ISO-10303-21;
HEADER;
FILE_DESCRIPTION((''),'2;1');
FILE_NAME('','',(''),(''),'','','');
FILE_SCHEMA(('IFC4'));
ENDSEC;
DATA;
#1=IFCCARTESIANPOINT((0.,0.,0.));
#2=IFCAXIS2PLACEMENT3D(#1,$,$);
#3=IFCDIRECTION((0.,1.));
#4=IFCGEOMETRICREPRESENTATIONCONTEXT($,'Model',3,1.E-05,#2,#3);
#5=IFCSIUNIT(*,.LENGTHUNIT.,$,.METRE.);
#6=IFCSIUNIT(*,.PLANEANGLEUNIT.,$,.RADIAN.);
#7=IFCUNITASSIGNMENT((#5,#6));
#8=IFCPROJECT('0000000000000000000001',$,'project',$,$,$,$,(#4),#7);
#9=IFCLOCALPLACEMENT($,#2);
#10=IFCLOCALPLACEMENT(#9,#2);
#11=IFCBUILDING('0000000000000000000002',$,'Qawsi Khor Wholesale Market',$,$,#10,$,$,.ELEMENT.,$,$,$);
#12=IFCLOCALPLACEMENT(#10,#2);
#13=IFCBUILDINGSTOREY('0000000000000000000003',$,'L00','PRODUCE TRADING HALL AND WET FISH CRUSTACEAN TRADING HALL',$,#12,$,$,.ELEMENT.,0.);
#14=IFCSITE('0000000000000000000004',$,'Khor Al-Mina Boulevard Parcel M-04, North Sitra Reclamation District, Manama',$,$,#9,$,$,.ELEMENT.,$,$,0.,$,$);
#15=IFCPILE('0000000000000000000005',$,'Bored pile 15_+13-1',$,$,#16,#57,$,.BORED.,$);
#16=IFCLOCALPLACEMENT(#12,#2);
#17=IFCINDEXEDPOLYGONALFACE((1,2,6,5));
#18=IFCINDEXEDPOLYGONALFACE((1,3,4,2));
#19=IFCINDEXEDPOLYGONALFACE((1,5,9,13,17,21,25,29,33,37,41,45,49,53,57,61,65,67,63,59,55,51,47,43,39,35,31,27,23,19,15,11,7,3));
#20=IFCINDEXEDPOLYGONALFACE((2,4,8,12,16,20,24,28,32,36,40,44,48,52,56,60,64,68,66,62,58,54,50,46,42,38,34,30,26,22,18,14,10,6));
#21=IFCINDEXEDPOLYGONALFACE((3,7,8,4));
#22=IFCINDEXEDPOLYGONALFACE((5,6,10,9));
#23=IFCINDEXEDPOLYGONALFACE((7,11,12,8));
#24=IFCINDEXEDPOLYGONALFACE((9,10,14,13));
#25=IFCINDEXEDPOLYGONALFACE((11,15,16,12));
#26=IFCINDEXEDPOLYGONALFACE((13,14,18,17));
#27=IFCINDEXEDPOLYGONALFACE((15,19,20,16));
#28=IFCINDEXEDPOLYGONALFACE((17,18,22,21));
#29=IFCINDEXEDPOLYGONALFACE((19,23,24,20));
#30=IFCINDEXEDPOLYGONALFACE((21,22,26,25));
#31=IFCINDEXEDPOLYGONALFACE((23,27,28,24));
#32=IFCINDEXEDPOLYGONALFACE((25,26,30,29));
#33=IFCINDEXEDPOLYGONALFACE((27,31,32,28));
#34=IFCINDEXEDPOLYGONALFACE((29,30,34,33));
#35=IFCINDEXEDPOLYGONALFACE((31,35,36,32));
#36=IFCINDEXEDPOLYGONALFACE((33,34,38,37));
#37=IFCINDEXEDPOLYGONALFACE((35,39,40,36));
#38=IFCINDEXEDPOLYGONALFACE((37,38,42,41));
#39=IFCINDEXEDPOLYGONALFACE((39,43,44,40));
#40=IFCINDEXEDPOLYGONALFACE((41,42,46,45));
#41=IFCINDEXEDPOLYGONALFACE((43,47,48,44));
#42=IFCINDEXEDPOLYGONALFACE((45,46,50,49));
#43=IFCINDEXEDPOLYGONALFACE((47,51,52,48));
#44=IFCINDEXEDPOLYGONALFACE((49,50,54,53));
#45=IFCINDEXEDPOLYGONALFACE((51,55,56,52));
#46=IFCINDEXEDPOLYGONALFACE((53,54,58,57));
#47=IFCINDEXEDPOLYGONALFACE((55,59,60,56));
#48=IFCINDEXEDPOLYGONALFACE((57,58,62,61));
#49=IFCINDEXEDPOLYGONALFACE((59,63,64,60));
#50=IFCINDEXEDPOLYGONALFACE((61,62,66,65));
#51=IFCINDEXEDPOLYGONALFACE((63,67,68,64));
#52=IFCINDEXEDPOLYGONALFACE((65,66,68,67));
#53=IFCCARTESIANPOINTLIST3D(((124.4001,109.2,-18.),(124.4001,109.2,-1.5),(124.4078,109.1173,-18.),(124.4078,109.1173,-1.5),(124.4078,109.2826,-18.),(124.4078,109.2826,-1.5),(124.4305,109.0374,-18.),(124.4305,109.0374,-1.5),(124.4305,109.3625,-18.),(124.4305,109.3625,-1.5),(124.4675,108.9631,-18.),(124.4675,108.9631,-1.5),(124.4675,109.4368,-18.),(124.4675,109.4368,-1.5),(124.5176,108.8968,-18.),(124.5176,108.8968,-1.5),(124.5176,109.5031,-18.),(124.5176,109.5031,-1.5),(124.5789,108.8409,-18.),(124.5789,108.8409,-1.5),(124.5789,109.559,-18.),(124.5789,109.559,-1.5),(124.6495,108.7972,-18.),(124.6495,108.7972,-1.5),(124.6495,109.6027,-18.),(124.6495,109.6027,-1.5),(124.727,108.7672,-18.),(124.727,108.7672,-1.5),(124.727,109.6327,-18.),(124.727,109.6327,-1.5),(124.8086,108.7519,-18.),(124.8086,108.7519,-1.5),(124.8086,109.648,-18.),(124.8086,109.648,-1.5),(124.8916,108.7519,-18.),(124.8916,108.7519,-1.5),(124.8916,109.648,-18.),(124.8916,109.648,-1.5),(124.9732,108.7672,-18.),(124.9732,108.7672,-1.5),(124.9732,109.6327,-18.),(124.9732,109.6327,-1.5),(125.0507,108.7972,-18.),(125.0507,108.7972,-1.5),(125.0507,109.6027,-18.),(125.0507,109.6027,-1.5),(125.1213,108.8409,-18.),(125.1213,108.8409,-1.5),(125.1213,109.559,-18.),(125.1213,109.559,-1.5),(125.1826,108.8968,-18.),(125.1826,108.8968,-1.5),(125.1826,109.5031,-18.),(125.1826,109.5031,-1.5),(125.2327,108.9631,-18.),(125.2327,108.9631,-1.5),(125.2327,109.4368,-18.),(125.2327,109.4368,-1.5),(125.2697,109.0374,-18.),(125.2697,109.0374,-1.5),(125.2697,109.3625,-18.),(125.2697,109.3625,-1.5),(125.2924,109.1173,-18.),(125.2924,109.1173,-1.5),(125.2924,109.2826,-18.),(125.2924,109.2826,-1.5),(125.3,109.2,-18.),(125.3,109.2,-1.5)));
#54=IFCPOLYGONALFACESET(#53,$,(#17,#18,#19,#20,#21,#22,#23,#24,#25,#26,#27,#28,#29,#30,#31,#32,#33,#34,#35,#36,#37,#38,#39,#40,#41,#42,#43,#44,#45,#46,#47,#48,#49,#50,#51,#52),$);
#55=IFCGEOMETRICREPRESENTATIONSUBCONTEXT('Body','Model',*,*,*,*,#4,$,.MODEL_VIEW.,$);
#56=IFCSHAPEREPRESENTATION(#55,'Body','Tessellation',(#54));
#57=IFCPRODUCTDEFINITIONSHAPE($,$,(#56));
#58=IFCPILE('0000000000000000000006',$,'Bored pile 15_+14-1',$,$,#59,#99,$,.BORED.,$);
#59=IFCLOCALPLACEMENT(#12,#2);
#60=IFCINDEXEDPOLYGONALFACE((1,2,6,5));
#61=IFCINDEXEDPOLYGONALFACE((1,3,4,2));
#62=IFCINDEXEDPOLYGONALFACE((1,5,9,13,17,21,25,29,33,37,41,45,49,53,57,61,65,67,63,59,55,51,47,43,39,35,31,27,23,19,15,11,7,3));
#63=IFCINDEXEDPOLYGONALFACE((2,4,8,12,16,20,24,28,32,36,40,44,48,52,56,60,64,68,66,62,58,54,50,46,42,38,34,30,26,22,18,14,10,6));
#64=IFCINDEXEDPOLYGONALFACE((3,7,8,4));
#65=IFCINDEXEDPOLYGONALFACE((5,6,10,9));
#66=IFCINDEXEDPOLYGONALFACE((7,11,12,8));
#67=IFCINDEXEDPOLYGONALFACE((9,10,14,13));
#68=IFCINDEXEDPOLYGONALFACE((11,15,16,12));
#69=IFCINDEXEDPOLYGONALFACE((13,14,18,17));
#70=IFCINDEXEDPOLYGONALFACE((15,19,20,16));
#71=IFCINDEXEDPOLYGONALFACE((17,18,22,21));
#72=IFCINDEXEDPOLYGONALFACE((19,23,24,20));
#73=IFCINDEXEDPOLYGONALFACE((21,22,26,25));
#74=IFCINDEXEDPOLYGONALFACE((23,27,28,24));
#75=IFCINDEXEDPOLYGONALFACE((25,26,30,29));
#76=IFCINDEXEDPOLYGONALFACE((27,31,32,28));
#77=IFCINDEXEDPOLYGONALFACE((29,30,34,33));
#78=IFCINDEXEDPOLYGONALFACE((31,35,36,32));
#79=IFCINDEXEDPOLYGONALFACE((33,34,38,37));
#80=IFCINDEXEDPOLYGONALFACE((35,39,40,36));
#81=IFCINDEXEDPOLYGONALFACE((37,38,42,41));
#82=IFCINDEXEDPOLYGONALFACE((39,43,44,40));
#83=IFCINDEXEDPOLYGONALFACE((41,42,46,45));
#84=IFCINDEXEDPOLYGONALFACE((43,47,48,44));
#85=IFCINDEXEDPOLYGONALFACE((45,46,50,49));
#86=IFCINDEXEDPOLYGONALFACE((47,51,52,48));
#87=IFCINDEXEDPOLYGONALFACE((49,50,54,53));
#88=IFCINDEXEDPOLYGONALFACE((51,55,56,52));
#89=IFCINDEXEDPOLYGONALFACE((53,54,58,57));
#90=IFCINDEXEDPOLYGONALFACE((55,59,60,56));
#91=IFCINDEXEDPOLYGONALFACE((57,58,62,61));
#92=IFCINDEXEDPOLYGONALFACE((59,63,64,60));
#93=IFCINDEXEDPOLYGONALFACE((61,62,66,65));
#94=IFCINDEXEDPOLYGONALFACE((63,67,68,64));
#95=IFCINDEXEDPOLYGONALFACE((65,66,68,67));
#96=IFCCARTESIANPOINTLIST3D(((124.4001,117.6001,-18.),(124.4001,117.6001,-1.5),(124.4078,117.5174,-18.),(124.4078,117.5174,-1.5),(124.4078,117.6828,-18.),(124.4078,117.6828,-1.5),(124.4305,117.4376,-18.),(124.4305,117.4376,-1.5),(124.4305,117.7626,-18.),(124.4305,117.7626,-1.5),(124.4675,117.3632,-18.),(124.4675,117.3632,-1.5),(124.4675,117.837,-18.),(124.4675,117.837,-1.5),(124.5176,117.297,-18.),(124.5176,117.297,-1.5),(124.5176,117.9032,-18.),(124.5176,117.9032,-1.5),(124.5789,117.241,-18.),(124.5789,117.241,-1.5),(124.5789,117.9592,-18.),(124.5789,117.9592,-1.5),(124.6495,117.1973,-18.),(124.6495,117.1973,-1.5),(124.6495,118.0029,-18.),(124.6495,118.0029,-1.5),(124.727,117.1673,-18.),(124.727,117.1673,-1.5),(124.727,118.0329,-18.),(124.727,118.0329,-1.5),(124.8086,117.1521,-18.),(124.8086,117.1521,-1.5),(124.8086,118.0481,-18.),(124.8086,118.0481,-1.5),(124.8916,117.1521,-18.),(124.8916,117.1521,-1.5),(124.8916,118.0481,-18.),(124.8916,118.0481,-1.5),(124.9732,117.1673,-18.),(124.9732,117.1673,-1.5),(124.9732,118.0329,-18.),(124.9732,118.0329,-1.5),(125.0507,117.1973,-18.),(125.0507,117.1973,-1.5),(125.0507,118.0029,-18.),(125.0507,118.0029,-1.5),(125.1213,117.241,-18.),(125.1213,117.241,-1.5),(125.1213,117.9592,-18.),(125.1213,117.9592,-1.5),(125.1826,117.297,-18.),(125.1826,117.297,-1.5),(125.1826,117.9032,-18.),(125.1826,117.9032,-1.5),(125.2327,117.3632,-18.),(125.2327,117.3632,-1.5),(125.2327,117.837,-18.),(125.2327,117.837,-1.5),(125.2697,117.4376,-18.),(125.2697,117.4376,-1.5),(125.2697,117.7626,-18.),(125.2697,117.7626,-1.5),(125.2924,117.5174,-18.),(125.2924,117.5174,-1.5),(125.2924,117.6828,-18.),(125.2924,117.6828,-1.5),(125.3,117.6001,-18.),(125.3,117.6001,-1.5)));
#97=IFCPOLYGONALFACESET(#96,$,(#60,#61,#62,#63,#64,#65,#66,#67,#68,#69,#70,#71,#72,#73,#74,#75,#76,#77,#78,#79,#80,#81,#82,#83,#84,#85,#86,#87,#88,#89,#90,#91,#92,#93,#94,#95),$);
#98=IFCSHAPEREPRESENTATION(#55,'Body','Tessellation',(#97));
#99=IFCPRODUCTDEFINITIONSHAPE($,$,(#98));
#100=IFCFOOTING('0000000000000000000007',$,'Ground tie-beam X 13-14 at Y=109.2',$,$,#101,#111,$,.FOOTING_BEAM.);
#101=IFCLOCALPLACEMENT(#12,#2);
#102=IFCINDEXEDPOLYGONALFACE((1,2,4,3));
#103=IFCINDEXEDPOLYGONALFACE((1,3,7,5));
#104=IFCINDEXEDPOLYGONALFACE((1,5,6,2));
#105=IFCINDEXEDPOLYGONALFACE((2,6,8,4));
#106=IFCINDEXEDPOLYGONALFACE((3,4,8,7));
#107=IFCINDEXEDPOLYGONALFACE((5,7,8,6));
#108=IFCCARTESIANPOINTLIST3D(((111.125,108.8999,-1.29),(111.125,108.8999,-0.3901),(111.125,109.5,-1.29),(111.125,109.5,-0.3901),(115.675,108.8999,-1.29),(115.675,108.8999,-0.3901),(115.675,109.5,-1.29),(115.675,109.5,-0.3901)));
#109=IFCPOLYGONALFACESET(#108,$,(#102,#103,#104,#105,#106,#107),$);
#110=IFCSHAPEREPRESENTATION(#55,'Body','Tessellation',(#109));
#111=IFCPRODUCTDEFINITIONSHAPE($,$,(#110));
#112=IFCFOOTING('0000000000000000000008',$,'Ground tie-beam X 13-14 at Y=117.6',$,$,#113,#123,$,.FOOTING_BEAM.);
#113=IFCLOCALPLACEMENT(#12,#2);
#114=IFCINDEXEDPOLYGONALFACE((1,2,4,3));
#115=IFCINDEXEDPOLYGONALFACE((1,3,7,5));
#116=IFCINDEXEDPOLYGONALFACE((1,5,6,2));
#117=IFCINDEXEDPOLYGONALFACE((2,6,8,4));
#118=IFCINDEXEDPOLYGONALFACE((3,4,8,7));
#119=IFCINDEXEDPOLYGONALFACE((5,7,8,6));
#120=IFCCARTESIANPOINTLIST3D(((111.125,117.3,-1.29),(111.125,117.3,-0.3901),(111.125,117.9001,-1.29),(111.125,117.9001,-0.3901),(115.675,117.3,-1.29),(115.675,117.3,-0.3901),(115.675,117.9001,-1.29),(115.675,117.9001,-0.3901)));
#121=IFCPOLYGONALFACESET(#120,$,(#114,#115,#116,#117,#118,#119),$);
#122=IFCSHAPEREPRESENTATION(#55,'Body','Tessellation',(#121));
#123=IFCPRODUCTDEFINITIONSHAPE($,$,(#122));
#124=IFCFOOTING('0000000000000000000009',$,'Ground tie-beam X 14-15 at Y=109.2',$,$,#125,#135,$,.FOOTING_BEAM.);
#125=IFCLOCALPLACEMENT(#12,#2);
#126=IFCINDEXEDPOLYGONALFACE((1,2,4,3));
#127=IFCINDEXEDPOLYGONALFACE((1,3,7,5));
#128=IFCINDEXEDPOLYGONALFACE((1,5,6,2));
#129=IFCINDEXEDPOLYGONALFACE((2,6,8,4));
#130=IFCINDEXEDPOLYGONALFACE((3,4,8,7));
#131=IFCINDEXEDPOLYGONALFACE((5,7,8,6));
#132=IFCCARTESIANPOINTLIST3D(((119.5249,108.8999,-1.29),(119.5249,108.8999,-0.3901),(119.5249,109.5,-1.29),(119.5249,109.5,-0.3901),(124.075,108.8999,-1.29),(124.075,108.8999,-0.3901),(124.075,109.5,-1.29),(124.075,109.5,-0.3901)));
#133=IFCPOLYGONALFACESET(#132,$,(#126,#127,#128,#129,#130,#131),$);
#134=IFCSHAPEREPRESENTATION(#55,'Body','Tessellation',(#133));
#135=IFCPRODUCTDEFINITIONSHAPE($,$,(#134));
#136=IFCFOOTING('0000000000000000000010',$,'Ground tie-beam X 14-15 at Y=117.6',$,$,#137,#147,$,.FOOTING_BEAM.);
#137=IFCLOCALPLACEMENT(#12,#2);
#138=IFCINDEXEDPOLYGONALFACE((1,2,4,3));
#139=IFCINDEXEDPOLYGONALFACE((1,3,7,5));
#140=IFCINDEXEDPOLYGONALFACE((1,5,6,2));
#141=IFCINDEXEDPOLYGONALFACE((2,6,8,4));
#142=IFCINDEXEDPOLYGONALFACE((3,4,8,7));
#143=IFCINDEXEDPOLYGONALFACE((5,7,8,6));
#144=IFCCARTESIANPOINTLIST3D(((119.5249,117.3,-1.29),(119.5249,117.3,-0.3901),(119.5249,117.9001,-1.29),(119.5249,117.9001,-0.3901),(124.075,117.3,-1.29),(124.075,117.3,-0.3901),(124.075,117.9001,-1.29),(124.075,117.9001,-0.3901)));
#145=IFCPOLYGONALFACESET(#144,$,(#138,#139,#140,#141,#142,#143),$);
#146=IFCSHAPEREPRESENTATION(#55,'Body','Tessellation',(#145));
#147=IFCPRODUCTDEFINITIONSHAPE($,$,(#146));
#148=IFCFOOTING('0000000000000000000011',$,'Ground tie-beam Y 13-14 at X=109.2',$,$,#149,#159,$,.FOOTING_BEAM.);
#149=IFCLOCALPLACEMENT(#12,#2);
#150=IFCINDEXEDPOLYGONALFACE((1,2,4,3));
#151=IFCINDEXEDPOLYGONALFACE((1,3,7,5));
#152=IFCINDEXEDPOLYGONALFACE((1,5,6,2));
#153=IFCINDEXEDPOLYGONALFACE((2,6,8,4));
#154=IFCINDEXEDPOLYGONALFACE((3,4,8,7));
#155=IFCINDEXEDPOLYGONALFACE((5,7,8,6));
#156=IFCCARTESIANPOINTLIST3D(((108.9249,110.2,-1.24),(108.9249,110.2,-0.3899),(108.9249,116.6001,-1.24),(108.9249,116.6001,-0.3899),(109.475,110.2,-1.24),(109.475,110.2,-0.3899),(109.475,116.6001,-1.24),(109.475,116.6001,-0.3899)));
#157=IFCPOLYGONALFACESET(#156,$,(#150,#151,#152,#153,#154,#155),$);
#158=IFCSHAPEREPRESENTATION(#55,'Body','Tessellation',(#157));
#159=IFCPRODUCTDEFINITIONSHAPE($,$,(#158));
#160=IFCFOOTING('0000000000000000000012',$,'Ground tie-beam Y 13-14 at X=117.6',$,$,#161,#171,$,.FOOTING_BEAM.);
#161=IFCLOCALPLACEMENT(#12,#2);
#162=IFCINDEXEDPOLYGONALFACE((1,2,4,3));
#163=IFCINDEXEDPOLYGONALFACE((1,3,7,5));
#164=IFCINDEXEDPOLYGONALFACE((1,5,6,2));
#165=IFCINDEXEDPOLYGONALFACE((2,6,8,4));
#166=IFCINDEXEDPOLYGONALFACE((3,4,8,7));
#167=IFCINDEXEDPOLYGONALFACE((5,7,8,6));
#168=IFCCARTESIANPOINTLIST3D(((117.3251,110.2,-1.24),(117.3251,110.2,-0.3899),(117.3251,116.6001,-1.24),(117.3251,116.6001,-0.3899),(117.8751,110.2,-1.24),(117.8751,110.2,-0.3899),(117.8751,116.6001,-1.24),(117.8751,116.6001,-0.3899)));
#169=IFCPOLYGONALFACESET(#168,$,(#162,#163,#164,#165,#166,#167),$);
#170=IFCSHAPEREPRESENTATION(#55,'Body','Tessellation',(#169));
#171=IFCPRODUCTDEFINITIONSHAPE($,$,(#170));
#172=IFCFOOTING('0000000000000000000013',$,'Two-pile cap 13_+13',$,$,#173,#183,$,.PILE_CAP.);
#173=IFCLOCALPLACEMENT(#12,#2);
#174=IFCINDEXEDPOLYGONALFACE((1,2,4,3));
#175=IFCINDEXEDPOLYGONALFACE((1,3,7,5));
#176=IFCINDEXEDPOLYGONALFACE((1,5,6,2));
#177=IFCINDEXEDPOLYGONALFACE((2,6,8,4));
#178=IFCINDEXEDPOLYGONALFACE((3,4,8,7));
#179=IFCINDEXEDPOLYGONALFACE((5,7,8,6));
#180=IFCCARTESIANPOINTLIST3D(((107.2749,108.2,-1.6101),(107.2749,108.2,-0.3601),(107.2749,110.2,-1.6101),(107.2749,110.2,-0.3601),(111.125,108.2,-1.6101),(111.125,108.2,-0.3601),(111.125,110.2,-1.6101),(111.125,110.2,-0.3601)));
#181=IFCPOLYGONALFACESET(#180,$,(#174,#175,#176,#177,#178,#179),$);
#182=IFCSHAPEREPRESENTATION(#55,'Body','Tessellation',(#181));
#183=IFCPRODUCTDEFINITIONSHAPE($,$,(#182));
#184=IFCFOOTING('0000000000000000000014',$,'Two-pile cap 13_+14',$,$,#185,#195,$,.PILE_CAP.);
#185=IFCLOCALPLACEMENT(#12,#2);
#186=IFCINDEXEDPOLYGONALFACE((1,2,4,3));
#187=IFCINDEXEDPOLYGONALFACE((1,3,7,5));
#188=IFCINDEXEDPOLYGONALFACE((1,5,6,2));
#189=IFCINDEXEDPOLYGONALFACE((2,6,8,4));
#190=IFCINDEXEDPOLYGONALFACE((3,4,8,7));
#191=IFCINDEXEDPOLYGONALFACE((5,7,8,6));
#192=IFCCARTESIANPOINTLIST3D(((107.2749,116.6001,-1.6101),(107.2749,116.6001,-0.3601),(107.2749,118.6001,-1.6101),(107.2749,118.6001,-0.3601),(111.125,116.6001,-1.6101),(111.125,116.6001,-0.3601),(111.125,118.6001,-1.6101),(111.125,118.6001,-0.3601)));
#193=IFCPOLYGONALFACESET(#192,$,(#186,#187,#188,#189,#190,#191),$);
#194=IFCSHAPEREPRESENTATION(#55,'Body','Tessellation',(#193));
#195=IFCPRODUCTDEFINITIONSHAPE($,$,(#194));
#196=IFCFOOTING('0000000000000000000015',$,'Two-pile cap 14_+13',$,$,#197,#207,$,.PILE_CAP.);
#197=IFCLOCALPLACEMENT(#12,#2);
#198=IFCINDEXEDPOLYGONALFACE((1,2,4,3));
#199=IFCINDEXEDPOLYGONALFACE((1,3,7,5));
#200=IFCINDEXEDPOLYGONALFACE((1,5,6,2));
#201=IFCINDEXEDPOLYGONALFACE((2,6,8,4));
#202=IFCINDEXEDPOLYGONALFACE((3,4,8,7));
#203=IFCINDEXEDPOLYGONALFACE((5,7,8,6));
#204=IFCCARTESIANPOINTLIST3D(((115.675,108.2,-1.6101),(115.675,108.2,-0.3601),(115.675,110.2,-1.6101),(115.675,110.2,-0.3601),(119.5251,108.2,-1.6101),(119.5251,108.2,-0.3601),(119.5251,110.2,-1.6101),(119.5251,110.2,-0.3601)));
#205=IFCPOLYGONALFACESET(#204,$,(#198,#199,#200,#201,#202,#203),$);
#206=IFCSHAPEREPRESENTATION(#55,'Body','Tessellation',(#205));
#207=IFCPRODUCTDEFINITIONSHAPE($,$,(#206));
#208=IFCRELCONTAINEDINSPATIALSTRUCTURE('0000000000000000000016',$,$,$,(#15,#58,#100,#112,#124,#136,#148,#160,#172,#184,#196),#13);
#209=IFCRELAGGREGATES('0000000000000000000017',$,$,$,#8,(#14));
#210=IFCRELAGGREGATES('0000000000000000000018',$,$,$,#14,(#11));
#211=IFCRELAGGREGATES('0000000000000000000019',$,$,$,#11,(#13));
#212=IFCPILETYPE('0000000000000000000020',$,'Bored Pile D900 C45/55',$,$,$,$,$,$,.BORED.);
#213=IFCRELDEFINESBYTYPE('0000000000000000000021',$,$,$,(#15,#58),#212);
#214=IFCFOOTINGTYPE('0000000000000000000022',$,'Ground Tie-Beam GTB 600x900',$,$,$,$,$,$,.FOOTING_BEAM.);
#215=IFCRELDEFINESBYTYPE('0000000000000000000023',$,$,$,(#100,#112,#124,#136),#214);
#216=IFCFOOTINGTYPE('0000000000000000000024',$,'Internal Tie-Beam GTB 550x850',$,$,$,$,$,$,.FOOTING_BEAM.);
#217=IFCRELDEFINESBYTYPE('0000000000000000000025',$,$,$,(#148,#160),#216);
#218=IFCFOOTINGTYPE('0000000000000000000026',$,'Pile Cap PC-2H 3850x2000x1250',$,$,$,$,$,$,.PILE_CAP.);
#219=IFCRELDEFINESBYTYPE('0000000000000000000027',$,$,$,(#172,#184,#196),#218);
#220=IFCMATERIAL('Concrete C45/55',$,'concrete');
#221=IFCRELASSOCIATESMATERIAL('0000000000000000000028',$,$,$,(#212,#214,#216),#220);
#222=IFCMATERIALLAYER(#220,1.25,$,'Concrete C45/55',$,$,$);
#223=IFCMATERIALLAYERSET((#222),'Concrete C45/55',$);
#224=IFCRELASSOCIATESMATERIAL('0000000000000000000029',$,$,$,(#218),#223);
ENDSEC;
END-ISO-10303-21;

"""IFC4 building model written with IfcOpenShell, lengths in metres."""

from ifc_helpers import new_model, si_unit, direction, frame, origin, origin_2d, place, context, subcontext, project, spatial, rectangle, circle, extrude, material, layer, layer_set, material_profile, profile_set, type_object, element, save


model = new_model("IFC4")

# Units and contexts
model_context = context("Model", 3, precision=1e-05, world=origin(), true_north=direction((0.0, 1.0)))
body_context = subcontext(model_context, "Body", "Model", "MODEL_VIEW")
ifc_project = project(units=[si_unit("LENGTHUNIT", "METRE"), si_unit("PLANEANGLEUNIT", "RADIAN")], contexts=[model_context])

# Site, building, storey
site_placement = place(None, origin())
site = spatial("IfcSite", under=ifc_project, at=site_placement, Name="Khor Al-Mina Boulevard Parcel M-04, North Sitra Reclamation District, Manama", CompositionType="ELEMENT", RefElevation=0.0)
building_placement = place(site_placement, origin())
building = spatial("IfcBuilding", under=site, at=building_placement, Name="Qawsi Khor Wholesale Market", CompositionType="ELEMENT")
storey_placement = place(building_placement, origin())
storey = spatial("IfcBuildingStorey", under=building, at=storey_placement, Name="L00", Description="PRODUCE TRADING HALL AND WET FISH CRUSTACEAN TRADING HALL", CompositionType="ELEMENT", Elevation=0.0)

# Piles
ifc_material_1 = material(Name="Concrete C45/55", Category="concrete")
ifc_material_profile_1 = material_profile(ifc_material_1, circle(Radius=0.45, at=origin_2d()), Name="PILE D900")
ifc_profile_set_1 = profile_set([ifc_material_profile_1], Name="Concrete C45/55")
pile_type = type_object("IfcPileType", Name="Bored Pile D900 C45/55", PredefinedType="BORED", material=ifc_profile_set_1)
for number, where, z_axis, x_axis, name in (
    (1, (124.8501, 109.2, -1.5), (0.0, 0.0, -1.0), (1.0, 0.0, 0.0), "Bored pile 15_+13-1"),
    (2, (124.8501, 117.6001, -1.5), (0.0, 0.0, -1.0), (1.0, 0.0, 0.0), "Bored pile 15_+14-1"),
):
    element("IfcPile", number, at=place(storey_placement, frame(where, z_axis=z_axis, x_axis=x_axis)), inside=storey, type_object=pile_type, Name=name, PredefinedType="BORED", context=body_context, shape_type="SweptSolid", body=[
        extrude(circle(Radius=0.45, at=origin_2d()), origin(), (0.0, 0.0, 1.0), 16.5),
    ])

# Footings
ifc_material_profile_2 = material_profile(ifc_material_1, rectangle(XDim=0.6001, YDim=0.8999, at=origin_2d()), Name="RC 600x900")
ifc_profile_set_2 = profile_set([ifc_material_profile_2], Name="Concrete C45/55")
footing_type_1 = type_object("IfcFootingType", Name="Ground Tie-Beam GTB 600x900", PredefinedType="FOOTING_BEAM", material=ifc_profile_set_2)
for number, where, z_axis, x_axis, name in (
    (3, (111.125, 109.2, -0.8401), (1.0, 0.0, 0.0), (0.0, 1.0, 0.0), "Ground tie-beam X 13-14 at Y=109.2"),
    (4, (111.125, 117.6001, -0.8401), (1.0, 0.0, 0.0), (0.0, 1.0, 0.0), "Ground tie-beam X 13-14 at Y=117.6"),
    (5, (119.5249, 109.2, -0.8401), (1.0, 0.0, 0.0), (0.0, 1.0, 0.0), "Ground tie-beam X 14-15 at Y=109.2"),
    (6, (119.5249, 117.6001, -0.8401), (1.0, 0.0, 0.0), (0.0, 1.0, 0.0), "Ground tie-beam X 14-15 at Y=117.6"),
):
    element("IfcFooting", number, at=place(storey_placement, frame(where, z_axis=z_axis, x_axis=x_axis)), inside=storey, type_object=footing_type_1, Name=name, PredefinedType="FOOTING_BEAM", context=body_context, shape_type="SweptSolid", body=[
        extrude(rectangle(XDim=0.6001, YDim=0.8999, at=origin_2d()), origin(), (0.0, 0.0, 1.0), 4.55),
    ])
ifc_material_profile_3 = material_profile(ifc_material_1, rectangle(XDim=0.55, YDim=0.8501, at=origin_2d()), Name="RC 550x850")
ifc_profile_set_3 = profile_set([ifc_material_profile_3], Name="Concrete C45/55")
footing_type_2 = type_object("IfcFootingType", Name="Internal Tie-Beam GTB 550x850", PredefinedType="FOOTING_BEAM", material=ifc_profile_set_3)
for number, where, z_axis, x_axis, name in (
    (7, (109.2, 110.2, -0.8149), (0.0, 1.0, 0.0), (-1.0, 0.0, 0.0), "Ground tie-beam Y 13-14 at X=109.2"),
    (8, (117.6001, 110.2, -0.8149), (0.0, 1.0, 0.0), (-1.0, 0.0, 0.0), "Ground tie-beam Y 13-14 at X=117.6"),
):
    element("IfcFooting", number, at=place(storey_placement, frame(where, z_axis=z_axis, x_axis=x_axis)), inside=storey, type_object=footing_type_2, Name=name, PredefinedType="FOOTING_BEAM", context=body_context, shape_type="SweptSolid", body=[
        extrude(rectangle(XDim=0.55, YDim=0.8501, at=origin_2d()), origin(), (0.0, 0.0, 1.0), 6.4001),
    ])
ifc_layer_1 = layer(ifc_material_1, 1.25, Name="Concrete C45/55")
ifc_layer_set_1 = layer_set([ifc_layer_1], Name="Concrete C45/55")
footing_type_3 = type_object("IfcFootingType", Name="Pile Cap PC-2H 3850x2000x1250", PredefinedType="PILE_CAP", material=ifc_layer_set_1)
for number, where, z_axis, x_axis, name in (
    (9, (109.2, 109.2, -1.6101), (0.0, 0.0, 1.0), (1.0, 0.0, 0.0), "Two-pile cap 13_+13"),
    (10, (109.2, 117.6001, -1.6101), (0.0, 0.0, 1.0), (1.0, 0.0, 0.0), "Two-pile cap 13_+14"),
    (11, (117.6001, 109.2, -1.6101), (0.0, 0.0, 1.0), (1.0, 0.0, 0.0), "Two-pile cap 14_+13"),
):
    element("IfcFooting", number, at=place(storey_placement, frame(where, z_axis=z_axis, x_axis=x_axis)), inside=storey, type_object=footing_type_3, Name=name, PredefinedType="PILE_CAP", context=body_context, shape_type="SweptSolid", body=[
        extrude(rectangle(XDim=3.8501, YDim=2.0, at=origin_2d()), origin(), (0.0, 0.0, 1.0), 1.25),
    ])

save(model, "model.ifc")
